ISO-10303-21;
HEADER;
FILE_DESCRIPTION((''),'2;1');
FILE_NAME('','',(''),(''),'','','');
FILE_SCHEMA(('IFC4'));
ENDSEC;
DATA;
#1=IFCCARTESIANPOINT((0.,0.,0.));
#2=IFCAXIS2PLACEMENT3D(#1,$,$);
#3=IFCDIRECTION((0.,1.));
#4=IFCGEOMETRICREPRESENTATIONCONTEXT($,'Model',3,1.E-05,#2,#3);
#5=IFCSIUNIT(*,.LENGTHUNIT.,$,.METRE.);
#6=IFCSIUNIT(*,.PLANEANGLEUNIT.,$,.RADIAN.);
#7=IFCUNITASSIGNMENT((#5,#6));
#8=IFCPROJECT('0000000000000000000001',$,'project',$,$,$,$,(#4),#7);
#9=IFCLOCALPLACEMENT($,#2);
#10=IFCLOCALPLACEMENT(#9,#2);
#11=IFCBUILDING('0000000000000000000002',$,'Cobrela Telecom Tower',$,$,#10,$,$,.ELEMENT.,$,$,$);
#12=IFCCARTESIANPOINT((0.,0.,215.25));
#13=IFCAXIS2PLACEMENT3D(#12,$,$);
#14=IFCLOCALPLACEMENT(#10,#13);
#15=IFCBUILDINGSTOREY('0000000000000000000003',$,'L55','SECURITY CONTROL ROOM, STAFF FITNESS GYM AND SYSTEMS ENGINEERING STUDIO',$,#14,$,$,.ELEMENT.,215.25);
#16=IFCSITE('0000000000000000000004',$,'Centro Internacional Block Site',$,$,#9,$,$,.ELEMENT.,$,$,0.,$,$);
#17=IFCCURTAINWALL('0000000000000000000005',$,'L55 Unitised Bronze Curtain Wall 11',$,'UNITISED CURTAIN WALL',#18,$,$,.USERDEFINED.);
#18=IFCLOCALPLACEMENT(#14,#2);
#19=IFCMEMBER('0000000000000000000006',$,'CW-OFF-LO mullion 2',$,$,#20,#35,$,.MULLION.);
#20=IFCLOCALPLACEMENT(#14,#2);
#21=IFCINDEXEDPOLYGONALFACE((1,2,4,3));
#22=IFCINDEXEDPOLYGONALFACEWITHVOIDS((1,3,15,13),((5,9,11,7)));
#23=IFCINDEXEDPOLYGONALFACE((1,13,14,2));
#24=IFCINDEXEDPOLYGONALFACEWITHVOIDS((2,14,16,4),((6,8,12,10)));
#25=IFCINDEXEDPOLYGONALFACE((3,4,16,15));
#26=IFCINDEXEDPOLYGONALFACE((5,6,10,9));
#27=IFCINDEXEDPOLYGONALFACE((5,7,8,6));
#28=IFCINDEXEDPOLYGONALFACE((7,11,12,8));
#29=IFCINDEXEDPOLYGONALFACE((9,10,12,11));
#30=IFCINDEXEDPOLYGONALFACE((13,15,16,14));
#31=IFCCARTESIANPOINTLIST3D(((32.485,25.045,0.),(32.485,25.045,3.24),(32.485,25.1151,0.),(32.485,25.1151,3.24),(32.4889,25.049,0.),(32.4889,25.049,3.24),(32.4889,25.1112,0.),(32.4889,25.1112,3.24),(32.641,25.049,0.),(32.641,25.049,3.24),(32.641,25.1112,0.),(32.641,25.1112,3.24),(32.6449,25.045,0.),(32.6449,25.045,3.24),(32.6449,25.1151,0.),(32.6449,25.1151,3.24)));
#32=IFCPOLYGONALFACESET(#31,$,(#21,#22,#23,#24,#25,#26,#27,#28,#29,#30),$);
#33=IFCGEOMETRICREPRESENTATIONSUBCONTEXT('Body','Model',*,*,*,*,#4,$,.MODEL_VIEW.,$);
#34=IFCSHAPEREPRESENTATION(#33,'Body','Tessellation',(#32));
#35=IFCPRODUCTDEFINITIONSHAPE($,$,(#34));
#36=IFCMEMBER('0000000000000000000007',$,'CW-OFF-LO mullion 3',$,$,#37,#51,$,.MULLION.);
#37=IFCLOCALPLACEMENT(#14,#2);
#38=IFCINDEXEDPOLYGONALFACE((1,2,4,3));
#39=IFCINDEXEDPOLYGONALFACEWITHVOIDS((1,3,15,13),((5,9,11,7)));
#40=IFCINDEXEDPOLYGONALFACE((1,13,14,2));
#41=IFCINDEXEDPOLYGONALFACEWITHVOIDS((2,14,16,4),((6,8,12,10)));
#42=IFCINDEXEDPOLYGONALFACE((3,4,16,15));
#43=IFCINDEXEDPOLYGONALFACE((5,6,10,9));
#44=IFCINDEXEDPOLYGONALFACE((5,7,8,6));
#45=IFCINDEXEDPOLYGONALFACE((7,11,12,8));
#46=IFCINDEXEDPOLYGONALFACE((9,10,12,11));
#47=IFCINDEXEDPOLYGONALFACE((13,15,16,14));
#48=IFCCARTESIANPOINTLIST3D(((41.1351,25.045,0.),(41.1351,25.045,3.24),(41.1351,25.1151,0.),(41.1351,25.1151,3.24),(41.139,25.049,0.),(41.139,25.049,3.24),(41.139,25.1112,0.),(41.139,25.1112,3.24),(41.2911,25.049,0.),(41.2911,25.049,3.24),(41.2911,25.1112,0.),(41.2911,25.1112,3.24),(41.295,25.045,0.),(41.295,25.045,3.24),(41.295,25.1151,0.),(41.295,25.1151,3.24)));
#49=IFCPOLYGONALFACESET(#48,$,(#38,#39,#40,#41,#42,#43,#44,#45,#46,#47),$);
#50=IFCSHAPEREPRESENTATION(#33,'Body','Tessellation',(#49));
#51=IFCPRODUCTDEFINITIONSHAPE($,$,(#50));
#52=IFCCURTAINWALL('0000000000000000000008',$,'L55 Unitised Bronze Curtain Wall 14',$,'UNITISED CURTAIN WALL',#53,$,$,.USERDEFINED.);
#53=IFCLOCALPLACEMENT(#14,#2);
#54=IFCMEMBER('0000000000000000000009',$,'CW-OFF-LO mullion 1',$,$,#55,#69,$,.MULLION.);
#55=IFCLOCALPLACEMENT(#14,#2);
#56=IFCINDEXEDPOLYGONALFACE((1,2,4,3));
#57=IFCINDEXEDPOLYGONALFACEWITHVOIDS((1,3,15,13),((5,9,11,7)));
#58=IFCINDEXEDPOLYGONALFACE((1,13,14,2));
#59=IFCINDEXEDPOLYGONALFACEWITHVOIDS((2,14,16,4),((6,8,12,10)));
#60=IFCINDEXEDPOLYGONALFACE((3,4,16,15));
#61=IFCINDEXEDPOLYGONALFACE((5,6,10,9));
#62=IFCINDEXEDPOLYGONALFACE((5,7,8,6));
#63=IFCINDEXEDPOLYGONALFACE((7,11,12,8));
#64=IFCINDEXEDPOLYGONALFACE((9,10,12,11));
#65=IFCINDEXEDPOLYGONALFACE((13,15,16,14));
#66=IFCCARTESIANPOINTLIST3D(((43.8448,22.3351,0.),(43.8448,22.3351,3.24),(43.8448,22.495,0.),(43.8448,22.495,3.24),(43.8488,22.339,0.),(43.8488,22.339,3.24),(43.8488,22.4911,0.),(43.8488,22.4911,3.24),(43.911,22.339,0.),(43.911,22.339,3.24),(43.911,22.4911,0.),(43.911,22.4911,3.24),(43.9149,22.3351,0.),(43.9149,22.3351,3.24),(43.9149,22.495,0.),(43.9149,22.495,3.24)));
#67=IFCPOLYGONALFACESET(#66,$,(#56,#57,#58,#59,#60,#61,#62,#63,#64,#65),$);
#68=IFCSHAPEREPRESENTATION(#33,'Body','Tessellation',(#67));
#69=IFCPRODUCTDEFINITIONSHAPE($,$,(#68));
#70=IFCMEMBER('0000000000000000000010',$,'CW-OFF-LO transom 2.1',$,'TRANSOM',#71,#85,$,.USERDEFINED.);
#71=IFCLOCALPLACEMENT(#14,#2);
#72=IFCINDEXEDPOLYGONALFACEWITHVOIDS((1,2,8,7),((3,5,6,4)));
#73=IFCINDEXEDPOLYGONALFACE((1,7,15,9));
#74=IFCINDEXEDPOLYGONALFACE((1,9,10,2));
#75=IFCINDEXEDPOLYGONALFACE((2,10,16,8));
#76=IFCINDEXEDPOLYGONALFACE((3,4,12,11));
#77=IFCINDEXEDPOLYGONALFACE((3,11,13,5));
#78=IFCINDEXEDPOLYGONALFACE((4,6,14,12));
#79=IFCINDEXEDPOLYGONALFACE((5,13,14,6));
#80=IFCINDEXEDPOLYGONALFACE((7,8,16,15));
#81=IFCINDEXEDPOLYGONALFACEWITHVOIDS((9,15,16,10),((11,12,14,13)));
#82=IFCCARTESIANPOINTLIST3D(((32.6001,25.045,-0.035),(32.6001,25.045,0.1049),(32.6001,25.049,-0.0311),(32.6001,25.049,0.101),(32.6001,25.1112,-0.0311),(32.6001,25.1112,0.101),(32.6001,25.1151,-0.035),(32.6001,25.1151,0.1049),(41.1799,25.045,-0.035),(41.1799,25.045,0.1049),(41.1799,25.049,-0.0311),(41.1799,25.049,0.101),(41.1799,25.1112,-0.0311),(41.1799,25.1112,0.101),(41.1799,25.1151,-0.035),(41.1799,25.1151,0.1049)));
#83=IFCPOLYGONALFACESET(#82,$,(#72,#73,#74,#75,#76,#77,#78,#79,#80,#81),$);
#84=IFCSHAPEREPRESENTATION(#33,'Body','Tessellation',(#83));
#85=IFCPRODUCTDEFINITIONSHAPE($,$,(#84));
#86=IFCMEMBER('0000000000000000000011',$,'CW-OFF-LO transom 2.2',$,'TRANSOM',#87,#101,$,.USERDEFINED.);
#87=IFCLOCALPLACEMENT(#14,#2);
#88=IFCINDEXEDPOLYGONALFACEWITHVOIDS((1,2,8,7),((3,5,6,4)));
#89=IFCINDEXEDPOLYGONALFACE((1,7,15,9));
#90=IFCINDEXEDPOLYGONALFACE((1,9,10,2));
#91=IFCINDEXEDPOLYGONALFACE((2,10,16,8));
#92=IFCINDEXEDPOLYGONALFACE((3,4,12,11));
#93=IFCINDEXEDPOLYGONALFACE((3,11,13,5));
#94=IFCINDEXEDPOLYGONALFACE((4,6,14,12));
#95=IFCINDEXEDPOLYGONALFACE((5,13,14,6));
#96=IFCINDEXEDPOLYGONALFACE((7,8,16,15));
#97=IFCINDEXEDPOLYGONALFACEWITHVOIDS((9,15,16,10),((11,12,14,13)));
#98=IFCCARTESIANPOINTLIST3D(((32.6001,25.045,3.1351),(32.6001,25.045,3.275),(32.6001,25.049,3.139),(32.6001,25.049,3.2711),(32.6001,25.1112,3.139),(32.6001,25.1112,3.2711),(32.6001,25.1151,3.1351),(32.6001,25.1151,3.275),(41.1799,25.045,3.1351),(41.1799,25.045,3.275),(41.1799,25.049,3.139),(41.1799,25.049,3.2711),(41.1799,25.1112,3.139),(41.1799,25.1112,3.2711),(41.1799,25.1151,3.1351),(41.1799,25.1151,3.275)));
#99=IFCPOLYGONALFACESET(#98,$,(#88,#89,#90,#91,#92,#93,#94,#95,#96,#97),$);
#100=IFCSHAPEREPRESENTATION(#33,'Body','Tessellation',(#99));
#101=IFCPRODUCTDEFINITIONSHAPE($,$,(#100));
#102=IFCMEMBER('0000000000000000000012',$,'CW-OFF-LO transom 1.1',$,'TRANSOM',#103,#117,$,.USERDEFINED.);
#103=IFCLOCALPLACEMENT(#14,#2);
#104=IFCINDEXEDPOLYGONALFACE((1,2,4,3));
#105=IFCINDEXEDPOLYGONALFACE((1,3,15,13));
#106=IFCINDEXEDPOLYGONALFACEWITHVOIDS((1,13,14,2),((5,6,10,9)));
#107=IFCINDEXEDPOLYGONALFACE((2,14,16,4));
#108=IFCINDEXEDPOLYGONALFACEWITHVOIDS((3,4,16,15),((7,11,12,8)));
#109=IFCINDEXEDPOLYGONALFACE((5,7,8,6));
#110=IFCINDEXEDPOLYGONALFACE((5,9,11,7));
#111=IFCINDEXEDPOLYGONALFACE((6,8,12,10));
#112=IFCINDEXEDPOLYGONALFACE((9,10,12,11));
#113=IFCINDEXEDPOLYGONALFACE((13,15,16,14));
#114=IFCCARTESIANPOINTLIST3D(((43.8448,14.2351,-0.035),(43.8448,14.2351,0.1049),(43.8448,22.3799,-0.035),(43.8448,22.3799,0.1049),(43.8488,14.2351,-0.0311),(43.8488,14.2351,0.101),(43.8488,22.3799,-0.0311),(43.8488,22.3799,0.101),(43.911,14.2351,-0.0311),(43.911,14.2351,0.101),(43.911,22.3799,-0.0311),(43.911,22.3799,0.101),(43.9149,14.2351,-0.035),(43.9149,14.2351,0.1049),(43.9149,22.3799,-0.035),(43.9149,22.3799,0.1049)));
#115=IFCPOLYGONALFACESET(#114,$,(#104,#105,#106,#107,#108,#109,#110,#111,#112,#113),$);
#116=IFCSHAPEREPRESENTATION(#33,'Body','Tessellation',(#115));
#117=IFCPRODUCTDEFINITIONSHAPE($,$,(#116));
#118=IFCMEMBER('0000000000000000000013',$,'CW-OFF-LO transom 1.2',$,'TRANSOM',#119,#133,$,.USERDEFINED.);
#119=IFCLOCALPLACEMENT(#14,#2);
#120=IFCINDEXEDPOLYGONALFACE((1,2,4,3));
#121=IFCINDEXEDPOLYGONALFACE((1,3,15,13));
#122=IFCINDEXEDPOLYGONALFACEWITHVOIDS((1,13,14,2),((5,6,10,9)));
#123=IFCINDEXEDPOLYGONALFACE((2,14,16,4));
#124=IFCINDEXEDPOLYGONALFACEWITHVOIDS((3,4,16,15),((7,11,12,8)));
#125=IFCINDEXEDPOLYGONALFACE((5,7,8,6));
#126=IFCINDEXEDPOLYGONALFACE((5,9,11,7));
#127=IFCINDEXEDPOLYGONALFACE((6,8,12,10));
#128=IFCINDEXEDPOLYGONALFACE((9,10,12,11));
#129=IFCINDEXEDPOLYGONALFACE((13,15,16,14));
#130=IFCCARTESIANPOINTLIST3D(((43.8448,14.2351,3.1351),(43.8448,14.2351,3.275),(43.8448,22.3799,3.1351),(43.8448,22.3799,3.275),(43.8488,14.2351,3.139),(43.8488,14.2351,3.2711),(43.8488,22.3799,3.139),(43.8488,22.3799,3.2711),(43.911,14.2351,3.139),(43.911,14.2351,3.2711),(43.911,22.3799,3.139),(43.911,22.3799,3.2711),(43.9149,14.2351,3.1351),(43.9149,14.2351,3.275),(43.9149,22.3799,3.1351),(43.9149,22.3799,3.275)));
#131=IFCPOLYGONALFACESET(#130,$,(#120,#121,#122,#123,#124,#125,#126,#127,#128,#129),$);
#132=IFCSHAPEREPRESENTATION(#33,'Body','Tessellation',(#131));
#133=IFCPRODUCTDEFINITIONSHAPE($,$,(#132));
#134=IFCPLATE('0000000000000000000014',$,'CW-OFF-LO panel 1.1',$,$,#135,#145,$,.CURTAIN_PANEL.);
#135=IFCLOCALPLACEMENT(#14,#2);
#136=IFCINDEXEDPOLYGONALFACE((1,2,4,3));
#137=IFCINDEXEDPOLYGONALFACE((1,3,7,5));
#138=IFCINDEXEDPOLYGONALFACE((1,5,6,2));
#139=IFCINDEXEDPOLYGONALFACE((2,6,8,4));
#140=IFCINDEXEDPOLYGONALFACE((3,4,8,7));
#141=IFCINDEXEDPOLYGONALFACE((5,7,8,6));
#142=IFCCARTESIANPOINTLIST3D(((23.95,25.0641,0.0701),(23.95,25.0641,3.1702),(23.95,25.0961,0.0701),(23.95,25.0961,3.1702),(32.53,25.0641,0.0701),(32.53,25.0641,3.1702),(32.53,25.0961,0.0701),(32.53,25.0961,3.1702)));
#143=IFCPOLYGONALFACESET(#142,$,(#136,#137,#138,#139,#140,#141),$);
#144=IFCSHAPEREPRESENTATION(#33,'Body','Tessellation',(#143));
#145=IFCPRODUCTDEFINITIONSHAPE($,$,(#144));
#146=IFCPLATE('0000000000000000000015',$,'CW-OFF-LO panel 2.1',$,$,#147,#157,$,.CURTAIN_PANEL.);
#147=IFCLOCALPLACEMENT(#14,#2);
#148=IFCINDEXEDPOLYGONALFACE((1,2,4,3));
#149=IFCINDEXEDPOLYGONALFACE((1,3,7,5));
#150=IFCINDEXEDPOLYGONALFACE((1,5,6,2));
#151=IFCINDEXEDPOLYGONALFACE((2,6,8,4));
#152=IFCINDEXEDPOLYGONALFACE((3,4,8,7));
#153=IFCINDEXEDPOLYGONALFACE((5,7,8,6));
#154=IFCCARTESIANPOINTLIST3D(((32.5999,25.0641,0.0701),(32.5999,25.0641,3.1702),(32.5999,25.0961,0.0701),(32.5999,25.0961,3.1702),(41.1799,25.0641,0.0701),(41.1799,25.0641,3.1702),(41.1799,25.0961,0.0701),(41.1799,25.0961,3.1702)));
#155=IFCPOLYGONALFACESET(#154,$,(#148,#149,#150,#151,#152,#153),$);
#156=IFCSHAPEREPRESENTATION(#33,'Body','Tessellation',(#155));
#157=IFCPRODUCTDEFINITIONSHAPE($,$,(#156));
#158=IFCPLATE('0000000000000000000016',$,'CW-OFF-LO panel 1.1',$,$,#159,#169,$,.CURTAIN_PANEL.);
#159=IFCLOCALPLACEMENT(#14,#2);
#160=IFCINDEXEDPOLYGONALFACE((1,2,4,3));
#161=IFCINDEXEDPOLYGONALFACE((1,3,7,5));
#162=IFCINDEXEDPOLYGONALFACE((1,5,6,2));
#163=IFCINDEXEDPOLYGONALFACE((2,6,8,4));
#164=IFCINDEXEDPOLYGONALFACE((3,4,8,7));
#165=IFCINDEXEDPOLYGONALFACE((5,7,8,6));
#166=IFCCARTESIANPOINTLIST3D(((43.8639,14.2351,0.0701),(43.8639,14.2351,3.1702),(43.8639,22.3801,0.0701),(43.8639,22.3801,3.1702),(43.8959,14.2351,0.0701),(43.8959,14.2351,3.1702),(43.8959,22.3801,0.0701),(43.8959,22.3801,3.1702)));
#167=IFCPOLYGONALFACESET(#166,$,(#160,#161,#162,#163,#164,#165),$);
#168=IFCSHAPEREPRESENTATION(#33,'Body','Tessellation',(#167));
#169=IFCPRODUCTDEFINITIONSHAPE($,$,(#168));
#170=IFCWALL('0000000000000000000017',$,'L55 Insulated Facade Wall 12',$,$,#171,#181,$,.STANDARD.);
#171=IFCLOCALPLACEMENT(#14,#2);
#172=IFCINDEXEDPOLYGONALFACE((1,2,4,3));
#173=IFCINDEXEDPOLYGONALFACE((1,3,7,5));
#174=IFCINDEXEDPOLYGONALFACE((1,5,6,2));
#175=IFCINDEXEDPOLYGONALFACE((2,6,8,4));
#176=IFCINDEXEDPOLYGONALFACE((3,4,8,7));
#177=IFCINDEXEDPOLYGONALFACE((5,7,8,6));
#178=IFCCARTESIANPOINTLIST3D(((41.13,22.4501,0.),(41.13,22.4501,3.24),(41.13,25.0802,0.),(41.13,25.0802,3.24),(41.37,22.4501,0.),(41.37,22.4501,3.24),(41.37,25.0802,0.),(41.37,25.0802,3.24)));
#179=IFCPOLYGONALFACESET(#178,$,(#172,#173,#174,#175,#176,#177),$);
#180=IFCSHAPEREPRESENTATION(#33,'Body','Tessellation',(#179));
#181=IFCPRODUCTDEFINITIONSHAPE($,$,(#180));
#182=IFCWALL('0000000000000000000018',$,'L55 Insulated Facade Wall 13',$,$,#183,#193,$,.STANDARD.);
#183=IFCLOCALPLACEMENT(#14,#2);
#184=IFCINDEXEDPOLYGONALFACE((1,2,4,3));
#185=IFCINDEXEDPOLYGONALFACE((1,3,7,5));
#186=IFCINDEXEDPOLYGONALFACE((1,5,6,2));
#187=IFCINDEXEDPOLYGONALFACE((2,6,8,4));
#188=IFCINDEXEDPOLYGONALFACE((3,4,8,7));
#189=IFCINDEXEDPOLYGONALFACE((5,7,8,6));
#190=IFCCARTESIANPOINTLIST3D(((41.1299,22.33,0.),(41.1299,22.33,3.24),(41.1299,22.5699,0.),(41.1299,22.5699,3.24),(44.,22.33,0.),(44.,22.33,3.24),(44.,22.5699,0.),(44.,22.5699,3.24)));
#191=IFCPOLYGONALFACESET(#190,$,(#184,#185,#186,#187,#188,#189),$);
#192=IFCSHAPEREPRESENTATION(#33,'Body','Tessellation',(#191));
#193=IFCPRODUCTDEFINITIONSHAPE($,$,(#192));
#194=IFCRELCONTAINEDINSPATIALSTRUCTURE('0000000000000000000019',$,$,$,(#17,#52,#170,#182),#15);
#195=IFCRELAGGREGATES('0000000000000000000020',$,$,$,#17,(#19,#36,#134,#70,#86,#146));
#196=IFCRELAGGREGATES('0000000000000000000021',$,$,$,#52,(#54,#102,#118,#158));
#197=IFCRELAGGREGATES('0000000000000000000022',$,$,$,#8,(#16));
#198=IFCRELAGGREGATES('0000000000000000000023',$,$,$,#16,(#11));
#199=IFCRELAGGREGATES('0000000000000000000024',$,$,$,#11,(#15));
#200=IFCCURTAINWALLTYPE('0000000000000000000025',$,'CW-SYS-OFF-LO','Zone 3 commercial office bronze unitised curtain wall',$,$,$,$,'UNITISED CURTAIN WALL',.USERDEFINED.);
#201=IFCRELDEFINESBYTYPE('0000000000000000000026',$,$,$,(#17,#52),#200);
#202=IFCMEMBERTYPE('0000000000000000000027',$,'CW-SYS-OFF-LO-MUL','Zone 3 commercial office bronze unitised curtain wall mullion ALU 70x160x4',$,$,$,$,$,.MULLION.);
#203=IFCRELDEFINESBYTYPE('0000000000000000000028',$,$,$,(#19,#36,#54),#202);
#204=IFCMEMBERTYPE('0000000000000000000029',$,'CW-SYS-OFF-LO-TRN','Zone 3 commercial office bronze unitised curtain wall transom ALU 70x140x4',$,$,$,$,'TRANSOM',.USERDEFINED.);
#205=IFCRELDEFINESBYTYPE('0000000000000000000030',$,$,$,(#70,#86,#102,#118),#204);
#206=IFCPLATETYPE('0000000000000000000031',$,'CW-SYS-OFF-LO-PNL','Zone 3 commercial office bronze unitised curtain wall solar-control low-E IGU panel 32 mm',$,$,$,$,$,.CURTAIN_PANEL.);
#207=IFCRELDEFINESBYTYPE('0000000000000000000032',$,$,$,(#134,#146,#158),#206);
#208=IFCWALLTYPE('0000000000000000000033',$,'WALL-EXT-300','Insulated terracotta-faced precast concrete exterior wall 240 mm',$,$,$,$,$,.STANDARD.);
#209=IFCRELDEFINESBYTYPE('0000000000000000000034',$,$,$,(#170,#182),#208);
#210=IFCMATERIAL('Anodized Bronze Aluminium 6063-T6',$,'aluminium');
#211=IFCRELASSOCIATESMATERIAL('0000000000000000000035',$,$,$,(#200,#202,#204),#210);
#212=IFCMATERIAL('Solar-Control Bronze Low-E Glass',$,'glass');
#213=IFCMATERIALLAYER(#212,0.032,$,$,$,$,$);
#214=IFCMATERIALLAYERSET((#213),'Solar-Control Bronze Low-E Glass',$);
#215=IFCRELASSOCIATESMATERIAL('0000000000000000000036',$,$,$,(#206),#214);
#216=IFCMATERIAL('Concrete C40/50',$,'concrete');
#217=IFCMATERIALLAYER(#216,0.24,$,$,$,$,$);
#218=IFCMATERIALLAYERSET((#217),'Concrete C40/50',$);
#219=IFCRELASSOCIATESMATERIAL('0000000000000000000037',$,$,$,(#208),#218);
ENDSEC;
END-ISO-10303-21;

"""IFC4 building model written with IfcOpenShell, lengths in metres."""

from ifc_helpers import new_model, si_unit, direction, frame, frame_2d, origin, origin_2d, place, context, subcontext, project, spatial, rectangle, hollow_rectangle, extrude, material, layer, layer_set, material_profile, profile_set, type_object, element, aggregate, save


model = new_model("IFC4")

# Units and contexts
model_context = context("Model", 3, precision=1e-05, world=origin(), true_north=direction((0.0, 1.0)))
body_context = subcontext(model_context, "Body", "Model", "MODEL_VIEW")
ifc_project = project(units=[si_unit("LENGTHUNIT", "METRE"), si_unit("PLANEANGLEUNIT", "RADIAN")], contexts=[model_context])

# Site, building, storey
site_placement = place(None, origin())
site = spatial("IfcSite", under=ifc_project, at=site_placement, Name="Centro Internacional Block Site", CompositionType="ELEMENT", RefElevation=0.0)
building_placement = place(site_placement, origin())
building = spatial("IfcBuilding", under=site, at=building_placement, Name="Cobrela Telecom Tower", CompositionType="ELEMENT")
storey_placement = place(building_placement, frame((0.0, 0.0, 215.25)))
storey = spatial("IfcBuildingStorey", under=building, at=storey_placement, Name="L55", Description="SECURITY CONTROL ROOM, STAFF FITNESS GYM AND SYSTEMS ENGINEERING STUDIO", CompositionType="ELEMENT", Elevation=215.25)

# Curtain wall, members
ifc_material_1 = material(Name="Anodized Bronze Aluminium 6063-T6", Category="aluminium")
curtain_wall_type = type_object("IfcCurtainWallType", Name="CW-SYS-OFF-LO", Description="Zone 3 commercial office bronze unitised curtain wall", ElementType="UNITISED CURTAIN WALL", PredefinedType="USERDEFINED", material=ifc_material_1)
curtain_wall_1_placement = place(storey_placement, origin())
curtain_wall_1 = element("IfcCurtainWall", 1, at=curtain_wall_1_placement, inside=storey, type_object=curtain_wall_type, Name="L55 Unitised Bronze Curtain Wall 11", ObjectType="UNITISED CURTAIN WALL", PredefinedType="USERDEFINED")
ifc_material_profile_1 = material_profile(ifc_material_1, hollow_rectangle(XDim=0.0701, YDim=0.1599, WallThickness=0.0039, at=origin_2d()), Name="ALU 70x160x4")
ifc_profile_set_1 = profile_set([ifc_material_profile_1], Name="Anodized Bronze Aluminium 6063-T6")
member_type_1 = type_object("IfcMemberType", Name="CW-SYS-OFF-LO-MUL", Description="Zone 3 commercial office bronze unitised curtain wall mullion ALU 70x160x4", PredefinedType="MULLION", material=ifc_profile_set_1)
member_1_placement = place(storey_placement, frame((32.5649, 25.0801, 0.0), z_axis=(0.0, 0.0, 1.0), x_axis=(0.0, 1.0, 0.0)))
member_1 = element("IfcMember", 2, at=member_1_placement, type_object=member_type_1, Name="CW-OFF-LO mullion 2", PredefinedType="MULLION", context=body_context, shape_type="SweptSolid", body=[
    extrude(hollow_rectangle(XDim=0.0701, YDim=0.1599, WallThickness=0.0039, at=origin_2d()), origin(), (0.0, 0.0, 1.0), 3.24),
])
member_2_placement = place(storey_placement, frame((41.2151, 25.0801, 0.0), z_axis=(0.0, 0.0, 1.0), x_axis=(0.0, 1.0, 0.0)))
member_2 = element("IfcMember", 3, at=member_2_placement, type_object=member_type_1, Name="CW-OFF-LO mullion 3", PredefinedType="MULLION", context=body_context, shape_type="SweptSolid", body=[
    extrude(hollow_rectangle(XDim=0.0701, YDim=0.1599, WallThickness=0.0039, at=origin_2d()), origin(), (0.0, 0.0, 1.0), 3.24),
])

# Curtain wall, member
curtain_wall_2_placement = place(storey_placement, origin())
curtain_wall_2 = element("IfcCurtainWall", 4, at=curtain_wall_2_placement, inside=storey, type_object=curtain_wall_type, Name="L55 Unitised Bronze Curtain Wall 14", ObjectType="UNITISED CURTAIN WALL", PredefinedType="USERDEFINED")
member_3_placement = place(storey_placement, frame((43.8799, 22.415, 0.0), z_axis=(0.0, 0.0, 1.0), x_axis=(1.0, 0.0, 0.0)))
member_3 = element("IfcMember", 5, at=member_3_placement, type_object=member_type_1, Name="CW-OFF-LO mullion 1", PredefinedType="MULLION", context=body_context, shape_type="SweptSolid", body=[
    extrude(hollow_rectangle(XDim=0.0701, YDim=0.1599, WallThickness=0.0039, at=origin_2d()), origin(), (0.0, 0.0, 1.0), 3.24),
])

# Members
ifc_material_profile_2 = material_profile(ifc_material_1, hollow_rectangle(XDim=0.0701, YDim=0.1399, WallThickness=0.0039, at=origin_2d()), Name="ALU 70x140x4")
ifc_profile_set_2 = profile_set([ifc_material_profile_2], Name="Anodized Bronze Aluminium 6063-T6")
member_type_2 = type_object("IfcMemberType", Name="CW-SYS-OFF-LO-TRN", Description="Zone 3 commercial office bronze unitised curtain wall transom ALU 70x140x4", ElementType="TRANSOM", PredefinedType="USERDEFINED", material=ifc_profile_set_2)
member_4_placement = place(storey_placement, frame((32.6001, 25.0801, 0.0349), z_axis=(1.0, 0.0, 0.0), x_axis=(0.0, 1.0, 0.0)))
member_4 = element("IfcMember", 6, at=member_4_placement, type_object=member_type_2, Name="CW-OFF-LO transom 2.1", ObjectType="TRANSOM", PredefinedType="USERDEFINED", context=body_context, shape_type="SweptSolid", body=[
    extrude(hollow_rectangle(XDim=0.0701, YDim=0.1399, WallThickness=0.0039, at=origin_2d()), origin(), (0.0, 0.0, 1.0), 8.5798),
])
member_5_placement = place(storey_placement, frame((32.6001, 25.0801, 3.2051), z_axis=(1.0, 0.0, 0.0), x_axis=(0.0, 1.0, 0.0)))
member_5 = element("IfcMember", 7, at=member_5_placement, type_object=member_type_2, Name="CW-OFF-LO transom 2.2", ObjectType="TRANSOM", PredefinedType="USERDEFINED", context=body_context, shape_type="SweptSolid", body=[
    extrude(hollow_rectangle(XDim=0.0701, YDim=0.1399, WallThickness=0.0039, at=origin_2d()), origin(), (0.0, 0.0, 1.0), 8.5798),
])
member_6_placement = place(storey_placement, frame((43.8799, 22.3799, 0.0349), z_axis=(0.0, -1.0, 0.0), x_axis=(1.0, 0.0, 0.0)))
member_6 = element("IfcMember", 8, at=member_6_placement, type_object=member_type_2, Name="CW-OFF-LO transom 1.1", ObjectType="TRANSOM", PredefinedType="USERDEFINED", context=body_context, shape_type="SweptSolid", body=[
    extrude(hollow_rectangle(XDim=0.0701, YDim=0.1399, WallThickness=0.0039, at=origin_2d()), origin(), (0.0, 0.0, 1.0), 8.1448),
])
member_7_placement = place(storey_placement, frame((43.8799, 22.3799, 3.2051), z_axis=(0.0, -1.0, 0.0), x_axis=(1.0, 0.0, 0.0)))
member_7 = element("IfcMember", 9, at=member_7_placement, type_object=member_type_2, Name="CW-OFF-LO transom 1.2", ObjectType="TRANSOM", PredefinedType="USERDEFINED", context=body_context, shape_type="SweptSolid", body=[
    extrude(hollow_rectangle(XDim=0.0701, YDim=0.1399, WallThickness=0.0039, at=origin_2d()), origin(), (0.0, 0.0, 1.0), 8.1448),
])

# Plates
ifc_material_2 = material(Name="Solar-Control Bronze Low-E Glass", Category="glass")
ifc_layer_1 = layer(ifc_material_2, 0.032)
ifc_layer_set_1 = layer_set([ifc_layer_1], Name="Solar-Control Bronze Low-E Glass")
plate_type = type_object("IfcPlateType", Name="CW-SYS-OFF-LO-PNL", Description="Zone 3 commercial office bronze unitised curtain wall solar-control low-E IGU panel 32 mm", PredefinedType="CURTAIN_PANEL", material=ifc_layer_set_1)
plate_1_placement = place(storey_placement, frame((28.24, 25.0801, 0.0701), z_axis=(0.0, 0.0, 1.0), x_axis=(1.0, 0.0, 0.0)))
plate_1 = element("IfcPlate", 10, at=plate_1_placement, type_object=plate_type, Name="CW-OFF-LO panel 1.1", PredefinedType="CURTAIN_PANEL", context=body_context, shape_type="SweptSolid", body=[
    extrude(rectangle(XDim=8.5801, YDim=0.032, at=origin_2d()), origin(), (0.0, 0.0, 1.0), 3.1001),
])
plate_2_placement = place(storey_placement, frame((36.8899, 25.0801, 0.0701), z_axis=(0.0, 0.0, 1.0), x_axis=(1.0, 0.0, 0.0)))
plate_2 = element("IfcPlate", 11, at=plate_2_placement, type_object=plate_type, Name="CW-OFF-LO panel 2.1", PredefinedType="CURTAIN_PANEL", context=body_context, shape_type="SweptSolid", body=[
    extrude(rectangle(XDim=8.5801, YDim=0.032, at=origin_2d()), origin(), (0.0, 0.0, 1.0), 3.1001),
])
aggregate(curtain_wall_1, [member_1, member_2, plate_1, member_4, member_5, plate_2])
plate_3_placement = place(storey_placement, frame((43.8799, 18.3076, 0.0701), z_axis=(0.0, 0.0, 1.0), x_axis=(0.0, -1.0, 0.0)))
plate_3 = element("IfcPlate", 12, at=plate_3_placement, type_object=plate_type, Name="CW-OFF-LO panel 1.1", PredefinedType="CURTAIN_PANEL", context=body_context, shape_type="SweptSolid", body=[
    extrude(rectangle(XDim=8.145, YDim=0.032, at=origin_2d()), origin(), (0.0, 0.0, 1.0), 3.1001),
])
aggregate(curtain_wall_2, [member_3, member_6, member_7, plate_3])

# Walls
ifc_material_3 = material(Name="Concrete C40/50", Category="concrete")
ifc_layer_2 = layer(ifc_material_3, 0.24)
ifc_layer_set_2 = layer_set([ifc_layer_2], Name="Concrete C40/50")
wall_type_1 = type_object("IfcWallType", Name="WALL-EXT-300", Description="Insulated terracotta-faced precast concrete exterior wall 240 mm", PredefinedType="STANDARD", material=ifc_layer_set_2)
wall_1_placement = place(storey_placement, frame((41.25, 25.0801, 0.0), z_axis=(0.0, 0.0, 1.0), x_axis=(0.0, -1.0, 0.0)))
element("IfcWall", 13, at=wall_1_placement, inside=storey, type_object=wall_type_1, Name="L55 Insulated Facade Wall 12", PredefinedType="STANDARD", context=body_context, shape_type="SweptSolid", body=[
    extrude(rectangle(XDim=2.6301, YDim=0.24, at=frame_2d((1.3149, 0.0))), origin(), (0.0, 0.0, 1.0), 3.24),
])
wall_2_placement = place(storey_placement, frame((41.1299, 22.45, 0.0), z_axis=(0.0, 0.0, 1.0), x_axis=(1.0, 0.0, 0.0)))
element("IfcWall", 14, at=wall_2_placement, inside=storey, type_object=wall_type_1, Name="L55 Insulated Facade Wall 13", PredefinedType="STANDARD", context=body_context, shape_type="SweptSolid", body=[
    extrude(rectangle(XDim=2.8701, YDim=0.24, at=frame_2d((1.4351, 0.0))), origin(), (0.0, 0.0, 1.0), 3.24),
])

save(model, "model.ifc")
